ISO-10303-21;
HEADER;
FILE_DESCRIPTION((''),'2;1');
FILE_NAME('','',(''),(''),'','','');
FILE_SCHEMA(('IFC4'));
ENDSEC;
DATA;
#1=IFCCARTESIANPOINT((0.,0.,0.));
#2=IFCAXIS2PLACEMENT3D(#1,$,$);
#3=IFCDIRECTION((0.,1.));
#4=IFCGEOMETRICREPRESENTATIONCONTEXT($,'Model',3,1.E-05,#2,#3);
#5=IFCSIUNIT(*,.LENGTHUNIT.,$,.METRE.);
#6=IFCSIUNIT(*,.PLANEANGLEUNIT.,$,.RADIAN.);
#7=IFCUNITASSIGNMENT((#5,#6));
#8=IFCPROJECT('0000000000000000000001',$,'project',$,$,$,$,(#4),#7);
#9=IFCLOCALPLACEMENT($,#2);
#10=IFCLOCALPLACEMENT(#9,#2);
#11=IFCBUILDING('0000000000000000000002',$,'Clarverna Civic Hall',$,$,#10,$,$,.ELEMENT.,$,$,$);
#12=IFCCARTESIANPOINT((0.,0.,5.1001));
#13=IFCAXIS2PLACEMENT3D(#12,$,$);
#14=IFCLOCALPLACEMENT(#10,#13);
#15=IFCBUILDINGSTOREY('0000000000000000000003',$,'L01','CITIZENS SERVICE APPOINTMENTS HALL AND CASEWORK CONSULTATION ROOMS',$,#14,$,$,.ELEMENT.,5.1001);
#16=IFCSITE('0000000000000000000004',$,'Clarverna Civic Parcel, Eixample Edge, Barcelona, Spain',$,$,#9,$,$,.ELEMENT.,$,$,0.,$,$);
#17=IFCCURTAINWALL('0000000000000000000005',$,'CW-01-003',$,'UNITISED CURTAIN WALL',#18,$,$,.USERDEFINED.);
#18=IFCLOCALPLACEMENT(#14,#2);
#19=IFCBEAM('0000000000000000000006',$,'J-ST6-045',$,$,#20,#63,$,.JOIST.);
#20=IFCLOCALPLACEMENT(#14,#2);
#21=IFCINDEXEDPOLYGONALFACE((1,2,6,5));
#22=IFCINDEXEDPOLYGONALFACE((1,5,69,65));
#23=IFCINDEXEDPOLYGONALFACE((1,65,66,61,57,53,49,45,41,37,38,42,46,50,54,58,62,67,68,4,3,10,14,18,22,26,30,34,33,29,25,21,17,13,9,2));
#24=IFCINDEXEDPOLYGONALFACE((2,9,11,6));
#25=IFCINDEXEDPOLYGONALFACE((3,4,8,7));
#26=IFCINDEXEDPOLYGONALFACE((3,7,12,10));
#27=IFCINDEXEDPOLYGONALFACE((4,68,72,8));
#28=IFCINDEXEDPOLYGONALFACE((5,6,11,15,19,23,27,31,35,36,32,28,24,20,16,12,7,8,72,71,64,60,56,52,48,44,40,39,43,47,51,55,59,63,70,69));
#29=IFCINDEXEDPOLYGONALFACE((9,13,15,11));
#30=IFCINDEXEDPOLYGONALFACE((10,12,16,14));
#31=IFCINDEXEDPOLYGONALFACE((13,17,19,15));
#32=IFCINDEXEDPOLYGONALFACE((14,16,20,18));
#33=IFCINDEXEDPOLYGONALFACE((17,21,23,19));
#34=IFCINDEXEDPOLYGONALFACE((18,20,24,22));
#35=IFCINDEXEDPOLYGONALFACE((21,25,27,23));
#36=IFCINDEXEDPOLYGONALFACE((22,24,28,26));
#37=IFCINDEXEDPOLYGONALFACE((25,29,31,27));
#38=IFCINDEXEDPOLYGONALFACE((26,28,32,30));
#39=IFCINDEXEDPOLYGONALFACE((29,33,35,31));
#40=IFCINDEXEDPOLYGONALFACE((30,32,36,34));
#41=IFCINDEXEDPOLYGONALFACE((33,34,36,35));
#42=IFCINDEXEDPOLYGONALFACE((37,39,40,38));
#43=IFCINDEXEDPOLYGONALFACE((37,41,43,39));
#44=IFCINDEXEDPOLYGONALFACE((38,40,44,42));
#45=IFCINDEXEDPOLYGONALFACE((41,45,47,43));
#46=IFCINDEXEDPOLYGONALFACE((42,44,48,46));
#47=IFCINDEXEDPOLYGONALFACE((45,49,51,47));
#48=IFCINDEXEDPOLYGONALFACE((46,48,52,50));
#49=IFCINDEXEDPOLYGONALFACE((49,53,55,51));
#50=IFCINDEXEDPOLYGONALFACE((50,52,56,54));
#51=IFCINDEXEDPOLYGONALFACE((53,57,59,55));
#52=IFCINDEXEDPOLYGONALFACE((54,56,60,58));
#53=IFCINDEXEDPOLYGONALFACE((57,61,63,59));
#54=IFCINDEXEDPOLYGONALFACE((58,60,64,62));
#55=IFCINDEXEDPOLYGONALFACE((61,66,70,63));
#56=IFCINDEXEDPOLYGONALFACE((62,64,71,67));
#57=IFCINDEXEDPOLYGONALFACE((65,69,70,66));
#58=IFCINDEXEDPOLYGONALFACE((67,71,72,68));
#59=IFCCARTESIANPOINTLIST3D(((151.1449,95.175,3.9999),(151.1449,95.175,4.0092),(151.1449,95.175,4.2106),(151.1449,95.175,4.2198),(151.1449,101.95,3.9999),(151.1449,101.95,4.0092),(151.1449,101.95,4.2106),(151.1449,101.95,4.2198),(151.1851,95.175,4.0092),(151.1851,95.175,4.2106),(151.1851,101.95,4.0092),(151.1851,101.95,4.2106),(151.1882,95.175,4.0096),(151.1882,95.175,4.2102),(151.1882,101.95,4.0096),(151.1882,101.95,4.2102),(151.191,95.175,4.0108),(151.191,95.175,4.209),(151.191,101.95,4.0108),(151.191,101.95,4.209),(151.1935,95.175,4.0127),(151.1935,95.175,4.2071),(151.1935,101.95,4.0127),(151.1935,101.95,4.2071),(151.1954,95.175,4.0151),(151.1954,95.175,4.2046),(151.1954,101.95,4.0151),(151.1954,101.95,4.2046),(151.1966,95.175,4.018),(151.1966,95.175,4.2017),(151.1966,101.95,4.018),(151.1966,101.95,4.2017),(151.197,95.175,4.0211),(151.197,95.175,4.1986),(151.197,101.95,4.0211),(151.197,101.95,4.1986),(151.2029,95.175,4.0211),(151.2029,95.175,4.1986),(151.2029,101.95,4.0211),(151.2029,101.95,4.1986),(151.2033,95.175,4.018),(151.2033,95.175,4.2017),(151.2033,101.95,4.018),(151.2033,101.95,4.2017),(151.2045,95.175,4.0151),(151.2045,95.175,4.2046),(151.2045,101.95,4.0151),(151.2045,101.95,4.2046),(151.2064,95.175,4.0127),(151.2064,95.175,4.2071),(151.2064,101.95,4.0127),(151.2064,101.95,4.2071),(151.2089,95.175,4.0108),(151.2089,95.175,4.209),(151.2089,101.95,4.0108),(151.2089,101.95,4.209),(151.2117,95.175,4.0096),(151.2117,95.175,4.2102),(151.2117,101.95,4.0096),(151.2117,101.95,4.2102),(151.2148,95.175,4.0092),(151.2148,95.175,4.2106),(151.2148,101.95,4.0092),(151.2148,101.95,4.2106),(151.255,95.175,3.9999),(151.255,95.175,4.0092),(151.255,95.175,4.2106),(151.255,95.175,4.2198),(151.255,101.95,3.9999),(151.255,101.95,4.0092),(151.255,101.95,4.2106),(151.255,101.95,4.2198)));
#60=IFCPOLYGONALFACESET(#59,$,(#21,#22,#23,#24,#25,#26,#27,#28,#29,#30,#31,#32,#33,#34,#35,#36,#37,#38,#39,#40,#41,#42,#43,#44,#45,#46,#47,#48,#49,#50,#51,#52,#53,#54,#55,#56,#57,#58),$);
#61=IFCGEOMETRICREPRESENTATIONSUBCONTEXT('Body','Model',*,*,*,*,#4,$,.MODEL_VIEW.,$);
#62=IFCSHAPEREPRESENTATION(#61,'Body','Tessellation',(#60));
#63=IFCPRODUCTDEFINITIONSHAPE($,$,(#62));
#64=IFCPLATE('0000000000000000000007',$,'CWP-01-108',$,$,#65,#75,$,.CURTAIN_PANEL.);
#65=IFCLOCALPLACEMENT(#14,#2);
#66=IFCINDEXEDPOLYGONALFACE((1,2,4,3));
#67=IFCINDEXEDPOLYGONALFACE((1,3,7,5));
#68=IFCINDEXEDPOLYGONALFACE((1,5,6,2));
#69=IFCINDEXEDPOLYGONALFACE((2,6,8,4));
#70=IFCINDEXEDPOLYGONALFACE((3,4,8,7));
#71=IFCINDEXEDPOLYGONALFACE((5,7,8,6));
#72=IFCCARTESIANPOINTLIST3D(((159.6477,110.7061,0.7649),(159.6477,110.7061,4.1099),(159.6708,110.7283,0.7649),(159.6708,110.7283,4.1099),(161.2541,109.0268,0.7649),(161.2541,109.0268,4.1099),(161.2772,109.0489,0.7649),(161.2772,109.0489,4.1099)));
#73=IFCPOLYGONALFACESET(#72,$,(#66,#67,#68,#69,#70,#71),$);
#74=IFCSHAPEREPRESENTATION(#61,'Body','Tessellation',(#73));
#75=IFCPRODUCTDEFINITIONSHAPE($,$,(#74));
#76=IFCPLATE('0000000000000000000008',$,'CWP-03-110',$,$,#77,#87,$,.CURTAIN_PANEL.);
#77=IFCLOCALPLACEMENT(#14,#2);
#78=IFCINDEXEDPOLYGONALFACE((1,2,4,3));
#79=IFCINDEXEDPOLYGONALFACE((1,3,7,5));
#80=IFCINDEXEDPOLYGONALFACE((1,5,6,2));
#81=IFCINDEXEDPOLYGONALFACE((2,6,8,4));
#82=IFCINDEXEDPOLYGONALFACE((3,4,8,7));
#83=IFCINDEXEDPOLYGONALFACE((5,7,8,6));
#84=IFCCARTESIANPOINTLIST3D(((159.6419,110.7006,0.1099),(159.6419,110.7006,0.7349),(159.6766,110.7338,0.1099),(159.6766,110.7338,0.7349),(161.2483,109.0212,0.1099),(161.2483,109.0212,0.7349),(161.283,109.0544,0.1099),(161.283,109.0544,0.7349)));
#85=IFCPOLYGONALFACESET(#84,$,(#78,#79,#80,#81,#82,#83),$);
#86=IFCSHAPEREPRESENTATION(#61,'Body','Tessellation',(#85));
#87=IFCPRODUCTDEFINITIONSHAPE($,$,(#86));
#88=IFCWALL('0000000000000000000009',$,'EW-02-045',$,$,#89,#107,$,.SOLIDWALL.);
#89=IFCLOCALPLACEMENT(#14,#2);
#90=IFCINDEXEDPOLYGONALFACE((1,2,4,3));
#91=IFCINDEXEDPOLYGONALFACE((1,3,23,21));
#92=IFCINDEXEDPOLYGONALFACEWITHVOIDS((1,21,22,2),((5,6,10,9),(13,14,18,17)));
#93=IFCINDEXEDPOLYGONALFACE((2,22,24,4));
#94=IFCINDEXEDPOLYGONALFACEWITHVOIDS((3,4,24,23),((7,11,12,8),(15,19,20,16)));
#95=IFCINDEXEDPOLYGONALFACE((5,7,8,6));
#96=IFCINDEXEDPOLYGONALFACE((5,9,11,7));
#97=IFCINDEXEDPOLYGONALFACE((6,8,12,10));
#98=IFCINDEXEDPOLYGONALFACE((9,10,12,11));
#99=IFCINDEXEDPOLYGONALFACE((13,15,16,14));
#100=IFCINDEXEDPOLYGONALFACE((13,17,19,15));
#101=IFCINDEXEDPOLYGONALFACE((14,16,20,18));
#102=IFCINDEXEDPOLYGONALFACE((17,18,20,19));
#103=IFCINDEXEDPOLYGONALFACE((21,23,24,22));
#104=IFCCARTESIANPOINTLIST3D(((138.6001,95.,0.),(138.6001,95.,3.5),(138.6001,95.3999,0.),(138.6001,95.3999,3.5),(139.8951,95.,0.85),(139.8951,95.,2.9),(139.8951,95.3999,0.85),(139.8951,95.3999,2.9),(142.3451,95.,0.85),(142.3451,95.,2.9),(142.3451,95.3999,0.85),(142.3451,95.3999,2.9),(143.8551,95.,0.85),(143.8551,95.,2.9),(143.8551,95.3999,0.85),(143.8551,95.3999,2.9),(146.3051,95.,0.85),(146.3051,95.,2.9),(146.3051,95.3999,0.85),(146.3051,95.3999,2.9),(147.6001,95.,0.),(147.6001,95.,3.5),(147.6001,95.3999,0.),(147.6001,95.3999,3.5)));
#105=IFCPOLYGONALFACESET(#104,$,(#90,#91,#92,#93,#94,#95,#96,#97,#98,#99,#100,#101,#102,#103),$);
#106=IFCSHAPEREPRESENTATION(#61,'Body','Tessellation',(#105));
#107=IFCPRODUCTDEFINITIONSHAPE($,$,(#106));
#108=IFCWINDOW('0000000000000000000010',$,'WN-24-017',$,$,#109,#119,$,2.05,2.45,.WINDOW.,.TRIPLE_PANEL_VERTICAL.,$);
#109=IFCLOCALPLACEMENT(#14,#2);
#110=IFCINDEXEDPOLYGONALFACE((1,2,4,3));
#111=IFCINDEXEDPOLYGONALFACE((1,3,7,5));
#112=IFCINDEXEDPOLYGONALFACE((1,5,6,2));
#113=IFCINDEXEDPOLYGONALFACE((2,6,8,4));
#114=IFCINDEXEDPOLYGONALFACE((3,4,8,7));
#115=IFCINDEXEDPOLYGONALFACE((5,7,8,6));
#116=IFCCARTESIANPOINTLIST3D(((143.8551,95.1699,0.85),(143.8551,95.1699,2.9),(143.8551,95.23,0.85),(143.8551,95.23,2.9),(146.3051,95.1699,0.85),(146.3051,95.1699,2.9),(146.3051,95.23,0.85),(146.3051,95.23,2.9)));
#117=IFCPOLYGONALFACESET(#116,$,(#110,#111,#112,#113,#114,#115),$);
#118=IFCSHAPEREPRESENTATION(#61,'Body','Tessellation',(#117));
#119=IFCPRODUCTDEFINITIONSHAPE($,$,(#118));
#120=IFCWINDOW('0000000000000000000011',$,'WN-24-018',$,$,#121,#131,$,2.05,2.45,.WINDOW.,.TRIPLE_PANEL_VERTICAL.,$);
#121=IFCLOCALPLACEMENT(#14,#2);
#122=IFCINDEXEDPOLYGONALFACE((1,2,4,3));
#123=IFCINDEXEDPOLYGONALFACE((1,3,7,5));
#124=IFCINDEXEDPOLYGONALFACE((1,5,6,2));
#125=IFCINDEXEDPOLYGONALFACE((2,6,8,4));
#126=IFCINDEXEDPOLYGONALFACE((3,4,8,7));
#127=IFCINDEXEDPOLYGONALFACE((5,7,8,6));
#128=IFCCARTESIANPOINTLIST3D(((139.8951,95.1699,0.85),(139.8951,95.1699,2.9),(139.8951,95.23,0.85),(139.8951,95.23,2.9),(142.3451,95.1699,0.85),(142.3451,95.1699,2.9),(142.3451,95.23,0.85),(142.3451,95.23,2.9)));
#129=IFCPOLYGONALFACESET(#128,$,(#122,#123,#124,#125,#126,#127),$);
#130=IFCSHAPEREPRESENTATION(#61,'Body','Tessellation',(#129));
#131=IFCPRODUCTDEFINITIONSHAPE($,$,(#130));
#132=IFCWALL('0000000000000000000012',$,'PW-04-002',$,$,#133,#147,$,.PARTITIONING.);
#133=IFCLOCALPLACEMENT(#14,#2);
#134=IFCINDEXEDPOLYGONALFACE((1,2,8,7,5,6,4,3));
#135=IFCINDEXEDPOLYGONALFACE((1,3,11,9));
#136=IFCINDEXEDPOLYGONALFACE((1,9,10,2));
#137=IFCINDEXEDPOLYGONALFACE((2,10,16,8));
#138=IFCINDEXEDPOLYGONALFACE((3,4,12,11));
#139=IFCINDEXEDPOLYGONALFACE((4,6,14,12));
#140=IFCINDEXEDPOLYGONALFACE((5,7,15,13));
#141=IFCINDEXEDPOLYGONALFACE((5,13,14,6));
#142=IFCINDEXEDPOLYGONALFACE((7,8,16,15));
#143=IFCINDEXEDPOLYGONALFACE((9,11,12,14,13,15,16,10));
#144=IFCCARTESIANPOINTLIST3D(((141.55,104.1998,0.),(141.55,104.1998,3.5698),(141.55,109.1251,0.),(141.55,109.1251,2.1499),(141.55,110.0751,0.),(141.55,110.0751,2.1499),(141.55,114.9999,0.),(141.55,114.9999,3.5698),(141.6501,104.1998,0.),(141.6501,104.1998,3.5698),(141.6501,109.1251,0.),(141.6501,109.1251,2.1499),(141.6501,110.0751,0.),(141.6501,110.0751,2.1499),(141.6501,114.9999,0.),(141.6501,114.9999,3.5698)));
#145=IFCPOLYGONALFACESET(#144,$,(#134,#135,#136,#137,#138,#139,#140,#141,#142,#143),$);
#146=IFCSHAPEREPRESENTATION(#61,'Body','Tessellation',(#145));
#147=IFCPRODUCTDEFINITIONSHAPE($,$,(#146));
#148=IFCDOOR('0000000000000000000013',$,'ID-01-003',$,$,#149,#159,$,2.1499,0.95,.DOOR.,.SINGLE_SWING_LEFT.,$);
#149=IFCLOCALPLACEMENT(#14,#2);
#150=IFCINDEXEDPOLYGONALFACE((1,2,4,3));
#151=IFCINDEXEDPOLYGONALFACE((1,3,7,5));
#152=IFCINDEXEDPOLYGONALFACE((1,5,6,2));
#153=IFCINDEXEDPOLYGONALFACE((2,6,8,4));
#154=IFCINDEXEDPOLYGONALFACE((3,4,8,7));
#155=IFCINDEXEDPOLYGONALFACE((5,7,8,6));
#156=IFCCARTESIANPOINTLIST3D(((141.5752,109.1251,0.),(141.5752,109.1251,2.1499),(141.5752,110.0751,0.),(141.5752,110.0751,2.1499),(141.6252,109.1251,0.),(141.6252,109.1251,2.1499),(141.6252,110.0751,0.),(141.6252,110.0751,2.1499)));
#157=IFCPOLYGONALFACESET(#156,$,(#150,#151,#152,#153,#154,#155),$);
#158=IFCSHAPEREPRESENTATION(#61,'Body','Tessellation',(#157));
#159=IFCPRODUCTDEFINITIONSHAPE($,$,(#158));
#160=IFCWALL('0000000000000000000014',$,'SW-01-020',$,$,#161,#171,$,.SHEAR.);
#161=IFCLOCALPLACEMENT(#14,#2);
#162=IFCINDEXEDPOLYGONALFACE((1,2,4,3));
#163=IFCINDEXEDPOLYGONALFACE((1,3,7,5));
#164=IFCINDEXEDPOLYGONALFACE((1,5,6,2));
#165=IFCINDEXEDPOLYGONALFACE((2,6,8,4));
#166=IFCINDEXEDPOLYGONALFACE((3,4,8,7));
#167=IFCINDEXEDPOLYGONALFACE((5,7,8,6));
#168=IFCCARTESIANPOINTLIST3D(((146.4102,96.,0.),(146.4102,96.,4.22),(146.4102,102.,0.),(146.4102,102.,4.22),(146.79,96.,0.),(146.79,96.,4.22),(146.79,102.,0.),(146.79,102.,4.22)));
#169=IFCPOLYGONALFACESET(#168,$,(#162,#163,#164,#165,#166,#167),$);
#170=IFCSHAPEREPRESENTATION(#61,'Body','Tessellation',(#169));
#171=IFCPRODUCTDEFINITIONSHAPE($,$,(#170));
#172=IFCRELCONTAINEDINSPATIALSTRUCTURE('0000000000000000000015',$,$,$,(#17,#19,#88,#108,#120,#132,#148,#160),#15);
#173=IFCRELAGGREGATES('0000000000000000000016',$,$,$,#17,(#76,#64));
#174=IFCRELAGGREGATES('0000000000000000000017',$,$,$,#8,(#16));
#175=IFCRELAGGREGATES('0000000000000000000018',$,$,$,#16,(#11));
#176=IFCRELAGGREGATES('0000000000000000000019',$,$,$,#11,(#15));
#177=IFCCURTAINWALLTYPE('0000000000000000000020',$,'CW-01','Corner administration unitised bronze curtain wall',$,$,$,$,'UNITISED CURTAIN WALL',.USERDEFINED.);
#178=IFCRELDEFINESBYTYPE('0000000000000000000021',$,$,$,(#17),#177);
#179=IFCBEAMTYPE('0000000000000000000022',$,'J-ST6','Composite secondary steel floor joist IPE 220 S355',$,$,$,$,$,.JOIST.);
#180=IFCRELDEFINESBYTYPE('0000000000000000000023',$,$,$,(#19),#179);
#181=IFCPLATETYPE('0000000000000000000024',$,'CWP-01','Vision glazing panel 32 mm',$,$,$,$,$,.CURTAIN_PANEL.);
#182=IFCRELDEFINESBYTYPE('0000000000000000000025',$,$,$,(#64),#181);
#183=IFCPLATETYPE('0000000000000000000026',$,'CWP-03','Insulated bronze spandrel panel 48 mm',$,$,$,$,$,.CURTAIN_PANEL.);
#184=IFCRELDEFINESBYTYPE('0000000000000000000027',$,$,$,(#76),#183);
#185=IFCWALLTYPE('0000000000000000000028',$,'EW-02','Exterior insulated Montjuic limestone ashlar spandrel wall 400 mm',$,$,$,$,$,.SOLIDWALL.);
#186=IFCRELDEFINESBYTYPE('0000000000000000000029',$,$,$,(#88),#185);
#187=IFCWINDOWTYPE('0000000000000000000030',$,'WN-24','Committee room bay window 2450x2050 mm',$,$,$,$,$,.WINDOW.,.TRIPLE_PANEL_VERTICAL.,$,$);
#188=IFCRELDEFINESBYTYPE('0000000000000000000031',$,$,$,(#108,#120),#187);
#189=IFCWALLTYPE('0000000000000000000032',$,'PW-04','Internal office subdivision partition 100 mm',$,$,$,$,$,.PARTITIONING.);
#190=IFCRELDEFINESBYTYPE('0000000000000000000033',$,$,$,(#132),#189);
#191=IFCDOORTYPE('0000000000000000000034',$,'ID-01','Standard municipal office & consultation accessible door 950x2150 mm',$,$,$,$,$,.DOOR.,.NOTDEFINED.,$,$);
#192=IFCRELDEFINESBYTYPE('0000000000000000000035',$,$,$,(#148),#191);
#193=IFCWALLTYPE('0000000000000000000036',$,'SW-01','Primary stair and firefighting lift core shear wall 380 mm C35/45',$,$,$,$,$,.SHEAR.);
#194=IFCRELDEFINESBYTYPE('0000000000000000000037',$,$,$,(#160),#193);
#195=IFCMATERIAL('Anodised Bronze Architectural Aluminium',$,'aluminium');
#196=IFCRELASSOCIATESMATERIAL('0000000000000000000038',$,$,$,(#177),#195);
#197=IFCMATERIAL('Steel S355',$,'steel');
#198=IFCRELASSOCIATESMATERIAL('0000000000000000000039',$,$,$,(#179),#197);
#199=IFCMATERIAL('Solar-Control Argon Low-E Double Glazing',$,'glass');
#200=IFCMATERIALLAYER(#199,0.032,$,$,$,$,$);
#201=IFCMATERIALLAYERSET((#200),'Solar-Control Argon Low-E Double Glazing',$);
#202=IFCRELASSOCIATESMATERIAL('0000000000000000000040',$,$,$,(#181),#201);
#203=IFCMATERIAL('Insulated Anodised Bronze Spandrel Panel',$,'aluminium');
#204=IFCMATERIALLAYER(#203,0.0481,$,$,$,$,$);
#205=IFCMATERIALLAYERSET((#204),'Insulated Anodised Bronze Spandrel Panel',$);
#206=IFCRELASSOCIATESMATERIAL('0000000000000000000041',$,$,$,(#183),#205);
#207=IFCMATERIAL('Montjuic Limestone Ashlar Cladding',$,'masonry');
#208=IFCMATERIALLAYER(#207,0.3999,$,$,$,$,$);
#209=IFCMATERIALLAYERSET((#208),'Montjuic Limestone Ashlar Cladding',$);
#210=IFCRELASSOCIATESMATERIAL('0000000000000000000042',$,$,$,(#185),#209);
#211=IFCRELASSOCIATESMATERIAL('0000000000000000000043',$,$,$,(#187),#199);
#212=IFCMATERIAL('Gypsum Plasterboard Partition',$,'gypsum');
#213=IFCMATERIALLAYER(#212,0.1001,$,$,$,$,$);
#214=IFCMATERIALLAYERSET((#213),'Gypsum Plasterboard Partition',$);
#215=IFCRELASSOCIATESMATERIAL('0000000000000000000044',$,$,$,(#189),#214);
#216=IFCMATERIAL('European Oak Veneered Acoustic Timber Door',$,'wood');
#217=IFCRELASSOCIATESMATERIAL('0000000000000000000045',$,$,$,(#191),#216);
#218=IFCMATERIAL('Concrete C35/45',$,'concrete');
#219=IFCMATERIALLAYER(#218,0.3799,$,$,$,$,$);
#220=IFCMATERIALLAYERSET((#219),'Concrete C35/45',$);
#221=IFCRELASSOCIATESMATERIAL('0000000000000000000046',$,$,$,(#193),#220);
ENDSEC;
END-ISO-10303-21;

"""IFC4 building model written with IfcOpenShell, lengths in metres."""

from ifc_helpers import new_model, si_unit, direction, frame, frame_2d, origin, origin_2d, place, context, subcontext, project, spatial, rectangle, i_section, extrude, material, layer, layer_set, material_profile, profile_set, type_object, element, fill, aggregate, save


model = new_model("IFC4")

# Units and contexts
model_context = context("Model", 3, precision=1e-05, world=origin(), true_north=direction((0.0, 1.0)))
body_context = subcontext(model_context, "Body", "Model", "MODEL_VIEW")
ifc_project = project(units=[si_unit("LENGTHUNIT", "METRE"), si_unit("PLANEANGLEUNIT", "RADIAN")], contexts=[model_context])

# Site, building, storey
site_placement = place(None, origin())
site = spatial("IfcSite", under=ifc_project, at=site_placement, Name="Clarverna Civic Parcel, Eixample Edge, Barcelona, Spain", CompositionType="ELEMENT", RefElevation=0.0)
building_placement = place(site_placement, origin())
building = spatial("IfcBuilding", under=site, at=building_placement, Name="Clarverna Civic Hall", CompositionType="ELEMENT")
storey_placement = place(building_placement, frame((0.0, 0.0, 5.1001)))
storey = spatial("IfcBuildingStorey", under=building, at=storey_placement, Name="L01", Description="CITIZENS SERVICE APPOINTMENTS HALL AND CASEWORK CONSULTATION ROOMS", CompositionType="ELEMENT", Elevation=5.1001)

# Shared definitions
ifc_material_1 = material(Name="Concrete C35/45", Category="concrete")

# Shared definitions
ifc_material_2 = material(Name="Steel S355", Category="steel")

# Curtain wall
ifc_material_3 = material(Name="Anodised Bronze Architectural Aluminium", Category="aluminium")
curtain_wall_type = type_object("IfcCurtainWallType", Name="CW-01", Description="Corner administration unitised bronze curtain wall", ElementType="UNITISED CURTAIN WALL", PredefinedType="USERDEFINED", material=ifc_material_3)
curtain_wall_placement = place(storey_placement, origin())
curtain_wall = element("IfcCurtainWall", 1, at=curtain_wall_placement, inside=storey, type_object=curtain_wall_type, Name="CW-01-003", ObjectType="UNITISED CURTAIN WALL", PredefinedType="USERDEFINED")

# Beam
ifc_material_profile_1 = material_profile(ifc_material_2, i_section(OverallWidth=0.1101, OverallDepth=0.22, WebThickness=0.0059, FlangeThickness=0.0093, FilletRadius=0.012, at=origin_2d()), Name="IPE 220")
ifc_profile_set_1 = profile_set([ifc_material_profile_1], Name="Steel S355")
beam_type_1 = type_object("IfcBeamType", Name="J-ST6", Description="Composite secondary steel floor joist IPE 220 S355", PredefinedType="JOIST", material=ifc_profile_set_1)
beam_1_placement = place(storey_placement, frame((151.2, 95.175, 4.1099), z_axis=(0.0, 1.0, 0.0), x_axis=(-1.0, 0.0, 0.0)))
element("IfcBeam", 2, at=beam_1_placement, inside=storey, type_object=beam_type_1, Name="J-ST6-045", PredefinedType="JOIST", context=body_context, shape_type="SweptSolid", body=[
    extrude(i_section(OverallWidth=0.1101, OverallDepth=0.22, WebThickness=0.0059, FlangeThickness=0.0093, FilletRadius=0.012, at=origin_2d()), origin(), (0.0, 0.0, 1.0), 6.7749),
])

# Plates
ifc_material_4 = material(Name="Solar-Control Argon Low-E Double Glazing", Category="glass")
ifc_layer_1 = layer(ifc_material_4, 0.032)
ifc_layer_set_1 = layer_set([ifc_layer_1], Name="Solar-Control Argon Low-E Double Glazing")
plate_type_1 = type_object("IfcPlateType", Name="CWP-01", Description="Vision glazing panel 32 mm", PredefinedType="CURTAIN_PANEL", material=ifc_layer_set_1)
plate_1_placement = place(storey_placement, frame((159.6592, 110.7173, 0.7649), z_axis=(0.0, 0.0, 1.0), x_axis=(0.691227, -0.722637, 0.0)))
plate_1 = element("IfcPlate", 3, at=plate_1_placement, type_object=plate_type_1, Name="CWP-01-108", PredefinedType="CURTAIN_PANEL", context=body_context, shape_type="SweptSolid", body=[
    extrude(rectangle(XDim=2.324, YDim=0.032, at=frame_2d((1.1621, 0.0))), origin(), (0.0, 0.0, 1.0), 3.345),
])
ifc_material_5 = material(Name="Insulated Anodised Bronze Spandrel Panel", Category="aluminium")
ifc_layer_2 = layer(ifc_material_5, 0.0481)
ifc_layer_set_2 = layer_set([ifc_layer_2], Name="Insulated Anodised Bronze Spandrel Panel")
plate_type_2 = type_object("IfcPlateType", Name="CWP-03", Description="Insulated bronze spandrel panel 48 mm", PredefinedType="CURTAIN_PANEL", material=ifc_layer_set_2)
plate_2_placement = place(storey_placement, frame((159.6592, 110.7173, 0.1099), z_axis=(0.0, 0.0, 1.0), x_axis=(0.691227, -0.722637, 0.0)))
plate_2 = element("IfcPlate", 4, at=plate_2_placement, type_object=plate_type_2, Name="CWP-03-110", PredefinedType="CURTAIN_PANEL", context=body_context, shape_type="SweptSolid", body=[
    extrude(rectangle(XDim=2.324, YDim=0.0481, at=frame_2d((1.1621, 0.0))), origin(), (0.0, 0.0, 1.0), 0.625),
])
aggregate(curtain_wall, [plate_2, plate_1])

# Wall, openings, windows
ifc_material_6 = material(Name="Montjuic Limestone Ashlar Cladding", Category="masonry")
ifc_layer_3 = layer(ifc_material_6, 0.3999)
ifc_layer_set_3 = layer_set([ifc_layer_3], Name="Montjuic Limestone Ashlar Cladding")
wall_type_1 = type_object("IfcWallType", Name="EW-02", Description="Exterior insulated Montjuic limestone ashlar spandrel wall 400 mm", PredefinedType="SOLIDWALL", material=ifc_layer_set_3)
wall_1_placement = place(storey_placement, frame((147.6001, 95.2, 0.0), z_axis=(0.0, 0.0, 1.0), x_axis=(-1.0, 0.0, 0.0)))
wall_1 = element("IfcWall", 5, at=wall_1_placement, inside=storey, type_object=wall_type_1, Name="EW-02-045", PredefinedType="SOLIDWALL", context=body_context, shape_type="SweptSolid", body=[
    extrude(rectangle(XDim=9.0, YDim=0.3999, at=frame_2d((4.5, 0.0))), origin(), (0.0, 0.0, 1.0), 3.5),
])
opening_1_placement = place(wall_1_placement, frame((1.2949, 0.0, 0.8501)))
opening_1 = element("IfcOpeningElement", 6, at=opening_1_placement, cuts=wall_1, PredefinedType="OPENING", context=body_context, shape_type="SweptSolid", body=[
    extrude(rectangle(XDim=2.45, YDim=2.05, at=frame_2d((1.2251, 1.0249))), frame((0.0, 0.21, 0.0), z_axis=(0.0, -1.0, 0.0), x_axis=(1.0, 0.0, 0.0)), (0.0, 0.0, 1.0), 0.4199),
])
opening_2_placement = place(wall_1_placement, frame((5.2549, 0.0, 0.8501)))
opening_2 = element("IfcOpeningElement", 7, at=opening_2_placement, cuts=wall_1, PredefinedType="OPENING", context=body_context, shape_type="SweptSolid", body=[
    extrude(rectangle(XDim=2.45, YDim=2.05, at=frame_2d((1.2251, 1.0249))), frame((0.0, 0.21, 0.0), z_axis=(0.0, -1.0, 0.0), x_axis=(1.0, 0.0, 0.0)), (0.0, 0.0, 1.0), 0.4199),
])
window_type = type_object("IfcWindowType", Name="WN-24", Description="Committee room bay window 2450x2050 mm", PartitioningType="TRIPLE_PANEL_VERTICAL", PredefinedType="WINDOW", material=ifc_material_4)
window_1_placement = place(opening_1_placement, origin())
window_1 = element("IfcWindow", 8, at=window_1_placement, inside=storey, type_object=window_type, Name="WN-24-017", OverallHeight=2.05, OverallWidth=2.45, PartitioningType="TRIPLE_PANEL_VERTICAL", PredefinedType="WINDOW", context=body_context, shape_type="SweptSolid", body=[
    extrude(rectangle(XDim=2.45, YDim=2.05, at=frame_2d((1.2251, 1.0249))), frame((0.0, 0.03, 0.0), z_axis=(0.0, -1.0, 0.0), x_axis=(1.0, 0.0, 0.0)), (0.0, 0.0, 1.0), 0.0601),
])
fill(opening_1, window_1)
window_2_placement = place(opening_2_placement, origin())
window_2 = element("IfcWindow", 9, at=window_2_placement, inside=storey, type_object=window_type, Name="WN-24-018", OverallHeight=2.05, OverallWidth=2.45, PartitioningType="TRIPLE_PANEL_VERTICAL", PredefinedType="WINDOW", context=body_context, shape_type="SweptSolid", body=[
    extrude(rectangle(XDim=2.45, YDim=2.05, at=frame_2d((1.2251, 1.0249))), frame((0.0, 0.03, 0.0), z_axis=(0.0, -1.0, 0.0), x_axis=(1.0, 0.0, 0.0)), (0.0, 0.0, 1.0), 0.0601),
])
fill(opening_2, window_2)

# Wall, opening, door
ifc_material_7 = material(Name="Gypsum Plasterboard Partition", Category="gypsum")
ifc_layer_4 = layer(ifc_material_7, 0.1001)
ifc_layer_set_4 = layer_set([ifc_layer_4], Name="Gypsum Plasterboard Partition")
wall_type_2 = type_object("IfcWallType", Name="PW-04", Description="Internal office subdivision partition 100 mm", PredefinedType="PARTITIONING", material=ifc_layer_set_4)
wall_2_placement = place(storey_placement, frame((141.6001, 104.2, 0.0), z_axis=(0.0, 0.0, 1.0), x_axis=(0.0, 1.0, 0.0)))
wall_2 = element("IfcWall", 10, at=wall_2_placement, inside=storey, type_object=wall_type_2, Name="PW-04-002", PredefinedType="PARTITIONING", context=body_context, shape_type="SweptSolid", body=[
    extrude(rectangle(XDim=10.8, YDim=0.1001, at=frame_2d((5.3999, 0.0))), origin(), (0.0, 0.0, 1.0), 3.5698),
])
opening_3_placement = place(wall_2_placement, frame((4.925, 0.0, 0.0)))
opening_3 = element("IfcOpeningElement", 11, at=opening_3_placement, cuts=wall_2, PredefinedType="OPENING", context=body_context, shape_type="SweptSolid", body=[
    extrude(rectangle(XDim=0.95, YDim=2.1499, at=frame_2d((0.4751, 1.075))), frame((0.0, 0.0601, 0.0), z_axis=(0.0, -1.0, 0.0), x_axis=(1.0, 0.0, 0.0)), (0.0, 0.0, 1.0), 0.1201),
])
ifc_material_8 = material(Name="European Oak Veneered Acoustic Timber Door", Category="wood")
door_type = type_object("IfcDoorType", Name="ID-01", Description="Standard municipal office & consultation accessible door 950x2150 mm", OperationType="NOTDEFINED", PredefinedType="DOOR", material=ifc_material_8)
door_placement = place(opening_3_placement, origin())
door = element("IfcDoor", 12, at=door_placement, inside=storey, type_object=door_type, Name="ID-01-003", OperationType="SINGLE_SWING_LEFT", OverallHeight=2.1499, OverallWidth=0.95, PredefinedType="DOOR", context=body_context, shape_type="SweptSolid", body=[
    extrude(rectangle(XDim=0.95, YDim=2.1499, at=frame_2d((0.4751, 1.075))), frame((0.0, 0.0249, 0.0), z_axis=(0.0, -1.0, 0.0), x_axis=(1.0, 0.0, 0.0)), (0.0, 0.0, 1.0), 0.05),
])
fill(opening_3, door)

# Wall
ifc_layer_5 = layer(ifc_material_1, 0.3799)
ifc_layer_set_5 = layer_set([ifc_layer_5], Name="Concrete C35/45")
wall_type_3 = type_object("IfcWallType", Name="SW-01", Description="Primary stair and firefighting lift core shear wall 380 mm C35/45", PredefinedType="SHEAR", material=ifc_layer_set_5)
wall_3_placement = place(storey_placement, frame((146.6001, 96.0, 0.0), z_axis=(0.0, 0.0, 1.0), x_axis=(0.0, 1.0, 0.0)))
element("IfcWall", 13, at=wall_3_placement, inside=storey, type_object=wall_type_3, Name="SW-01-020", PredefinedType="SHEAR", context=body_context, shape_type="SweptSolid", body=[
    extrude(rectangle(XDim=6.0, YDim=0.3799, at=frame_2d((3.0, 0.0))), origin(), (0.0, 0.0, 1.0), 4.22),
])

save(model, "model.ifc")
